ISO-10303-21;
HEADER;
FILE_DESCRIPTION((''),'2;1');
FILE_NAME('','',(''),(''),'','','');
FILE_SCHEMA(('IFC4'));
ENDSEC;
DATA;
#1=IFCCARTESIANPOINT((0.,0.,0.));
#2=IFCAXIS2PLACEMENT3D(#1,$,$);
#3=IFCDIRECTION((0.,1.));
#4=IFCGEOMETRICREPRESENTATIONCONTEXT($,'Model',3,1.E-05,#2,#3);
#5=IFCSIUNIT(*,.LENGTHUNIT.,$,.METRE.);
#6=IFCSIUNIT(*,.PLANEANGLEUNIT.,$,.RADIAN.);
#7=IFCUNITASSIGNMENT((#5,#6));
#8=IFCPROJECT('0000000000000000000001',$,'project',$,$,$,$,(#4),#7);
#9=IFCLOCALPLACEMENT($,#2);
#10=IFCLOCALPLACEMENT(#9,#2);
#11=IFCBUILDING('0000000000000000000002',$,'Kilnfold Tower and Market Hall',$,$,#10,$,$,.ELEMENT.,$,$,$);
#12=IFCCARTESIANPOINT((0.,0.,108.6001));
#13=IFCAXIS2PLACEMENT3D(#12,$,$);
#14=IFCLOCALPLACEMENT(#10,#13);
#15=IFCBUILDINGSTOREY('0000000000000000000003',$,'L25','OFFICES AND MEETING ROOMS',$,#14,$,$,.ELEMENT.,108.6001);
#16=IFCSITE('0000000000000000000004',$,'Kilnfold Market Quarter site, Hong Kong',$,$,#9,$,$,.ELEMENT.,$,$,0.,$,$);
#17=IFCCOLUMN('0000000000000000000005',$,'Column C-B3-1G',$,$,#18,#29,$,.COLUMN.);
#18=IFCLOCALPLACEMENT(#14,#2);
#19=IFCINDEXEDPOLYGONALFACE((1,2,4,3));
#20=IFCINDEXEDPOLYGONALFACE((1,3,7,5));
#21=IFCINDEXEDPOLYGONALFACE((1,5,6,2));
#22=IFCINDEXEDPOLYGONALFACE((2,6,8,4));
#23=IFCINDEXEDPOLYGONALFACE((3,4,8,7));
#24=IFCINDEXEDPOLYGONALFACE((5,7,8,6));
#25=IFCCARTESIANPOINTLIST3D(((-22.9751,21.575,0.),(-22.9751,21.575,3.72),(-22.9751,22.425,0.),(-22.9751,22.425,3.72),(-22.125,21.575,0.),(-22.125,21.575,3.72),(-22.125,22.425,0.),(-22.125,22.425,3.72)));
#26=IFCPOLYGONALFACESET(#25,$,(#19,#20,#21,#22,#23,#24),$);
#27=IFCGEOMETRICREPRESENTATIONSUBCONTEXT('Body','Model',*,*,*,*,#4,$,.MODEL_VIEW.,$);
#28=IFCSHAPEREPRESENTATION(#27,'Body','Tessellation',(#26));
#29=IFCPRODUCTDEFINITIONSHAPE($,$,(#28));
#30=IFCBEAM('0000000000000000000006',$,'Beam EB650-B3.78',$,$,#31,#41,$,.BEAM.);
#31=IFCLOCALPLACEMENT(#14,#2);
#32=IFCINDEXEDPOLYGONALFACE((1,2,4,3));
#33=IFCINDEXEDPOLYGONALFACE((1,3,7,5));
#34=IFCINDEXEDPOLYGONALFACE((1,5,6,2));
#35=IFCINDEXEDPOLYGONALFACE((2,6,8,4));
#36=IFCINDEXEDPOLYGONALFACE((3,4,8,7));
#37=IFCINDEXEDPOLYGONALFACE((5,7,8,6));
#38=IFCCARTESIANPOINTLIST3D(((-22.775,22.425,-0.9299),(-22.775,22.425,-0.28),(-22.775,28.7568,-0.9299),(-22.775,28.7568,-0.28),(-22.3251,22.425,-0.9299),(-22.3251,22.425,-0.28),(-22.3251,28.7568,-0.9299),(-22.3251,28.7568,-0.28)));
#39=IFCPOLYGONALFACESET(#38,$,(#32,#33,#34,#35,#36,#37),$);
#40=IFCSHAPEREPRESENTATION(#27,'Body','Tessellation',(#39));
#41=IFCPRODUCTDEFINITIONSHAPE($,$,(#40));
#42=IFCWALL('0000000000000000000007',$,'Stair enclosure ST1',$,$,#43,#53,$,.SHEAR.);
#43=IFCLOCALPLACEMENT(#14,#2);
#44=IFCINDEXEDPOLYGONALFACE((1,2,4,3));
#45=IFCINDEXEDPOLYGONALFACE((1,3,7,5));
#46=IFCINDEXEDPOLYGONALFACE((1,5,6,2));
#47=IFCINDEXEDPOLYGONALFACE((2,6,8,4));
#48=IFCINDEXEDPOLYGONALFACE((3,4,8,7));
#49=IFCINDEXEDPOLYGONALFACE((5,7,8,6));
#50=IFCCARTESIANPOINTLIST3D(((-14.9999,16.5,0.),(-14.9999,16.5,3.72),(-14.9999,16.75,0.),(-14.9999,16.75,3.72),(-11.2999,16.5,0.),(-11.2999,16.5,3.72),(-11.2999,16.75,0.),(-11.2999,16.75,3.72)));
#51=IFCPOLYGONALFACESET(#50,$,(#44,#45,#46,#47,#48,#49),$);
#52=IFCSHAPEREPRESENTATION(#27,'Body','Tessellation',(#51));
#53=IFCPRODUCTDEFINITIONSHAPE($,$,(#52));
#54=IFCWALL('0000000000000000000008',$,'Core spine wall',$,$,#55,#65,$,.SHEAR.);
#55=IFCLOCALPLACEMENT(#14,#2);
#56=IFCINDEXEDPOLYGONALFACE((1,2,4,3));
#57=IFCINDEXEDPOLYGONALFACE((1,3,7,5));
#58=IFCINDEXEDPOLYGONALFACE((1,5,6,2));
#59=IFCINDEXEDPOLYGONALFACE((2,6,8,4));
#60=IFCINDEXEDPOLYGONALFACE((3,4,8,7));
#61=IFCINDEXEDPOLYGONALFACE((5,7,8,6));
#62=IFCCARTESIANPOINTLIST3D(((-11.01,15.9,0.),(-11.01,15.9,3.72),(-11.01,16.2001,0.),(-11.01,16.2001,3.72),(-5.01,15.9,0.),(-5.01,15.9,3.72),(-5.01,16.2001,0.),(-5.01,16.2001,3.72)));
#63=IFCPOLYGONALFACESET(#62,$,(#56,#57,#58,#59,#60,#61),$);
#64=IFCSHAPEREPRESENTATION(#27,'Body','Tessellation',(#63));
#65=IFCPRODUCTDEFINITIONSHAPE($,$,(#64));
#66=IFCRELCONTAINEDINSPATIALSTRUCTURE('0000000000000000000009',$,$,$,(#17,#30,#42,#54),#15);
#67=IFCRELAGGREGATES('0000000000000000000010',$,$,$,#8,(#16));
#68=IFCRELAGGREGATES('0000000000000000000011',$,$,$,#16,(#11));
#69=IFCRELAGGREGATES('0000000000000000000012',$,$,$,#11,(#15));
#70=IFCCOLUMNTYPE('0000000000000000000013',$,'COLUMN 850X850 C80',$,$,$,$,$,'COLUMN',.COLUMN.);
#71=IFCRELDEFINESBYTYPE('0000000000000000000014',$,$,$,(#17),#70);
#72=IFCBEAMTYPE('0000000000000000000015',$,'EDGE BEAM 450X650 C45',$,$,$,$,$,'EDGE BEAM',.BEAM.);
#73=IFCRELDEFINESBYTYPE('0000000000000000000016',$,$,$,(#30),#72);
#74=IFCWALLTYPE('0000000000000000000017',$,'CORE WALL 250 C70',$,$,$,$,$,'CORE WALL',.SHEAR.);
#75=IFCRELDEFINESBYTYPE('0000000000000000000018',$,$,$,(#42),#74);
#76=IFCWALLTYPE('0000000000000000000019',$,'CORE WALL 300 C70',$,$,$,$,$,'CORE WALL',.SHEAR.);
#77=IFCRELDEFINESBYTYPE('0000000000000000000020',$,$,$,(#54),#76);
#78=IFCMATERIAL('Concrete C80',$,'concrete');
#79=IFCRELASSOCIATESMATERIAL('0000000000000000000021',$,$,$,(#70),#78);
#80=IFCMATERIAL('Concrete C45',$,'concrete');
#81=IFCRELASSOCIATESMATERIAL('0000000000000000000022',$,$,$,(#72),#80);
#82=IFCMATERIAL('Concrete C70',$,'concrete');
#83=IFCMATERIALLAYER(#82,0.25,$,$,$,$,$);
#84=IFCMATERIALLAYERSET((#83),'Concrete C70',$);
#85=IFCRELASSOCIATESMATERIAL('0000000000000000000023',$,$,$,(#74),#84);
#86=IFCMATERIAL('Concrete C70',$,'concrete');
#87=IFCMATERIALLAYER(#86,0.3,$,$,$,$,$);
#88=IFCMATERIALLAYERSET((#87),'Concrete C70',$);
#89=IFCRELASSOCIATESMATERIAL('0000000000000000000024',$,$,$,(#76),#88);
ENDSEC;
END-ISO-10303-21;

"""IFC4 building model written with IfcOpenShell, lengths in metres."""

from ifc_helpers import new_model, si_unit, direction, frame, frame_2d, origin, origin_2d, place, context, subcontext, project, spatial, rectangle, extrude, source, transform, mapped, material, layer, layer_set, material_profile, profile_set, type_object, element, save


model = new_model("IFC4")

# Units and contexts
model_context = context("Model", 3, precision=1e-05, world=origin(), true_north=direction((0.0, 1.0)))
body_context = subcontext(model_context, "Body", "Model", "MODEL_VIEW")
ifc_project = project(units=[si_unit("LENGTHUNIT", "METRE"), si_unit("PLANEANGLEUNIT", "RADIAN")], contexts=[model_context])

# Site, building, storey
site_placement = place(None, origin())
site = spatial("IfcSite", under=ifc_project, at=site_placement, Name="Kilnfold Market Quarter site, Hong Kong", CompositionType="ELEMENT", RefElevation=0.0)
building_placement = place(site_placement, origin())
building = spatial("IfcBuilding", under=site, at=building_placement, Name="Kilnfold Tower and Market Hall", CompositionType="ELEMENT")
storey_placement = place(building_placement, frame((0.0, 0.0, 108.6001)))
storey = spatial("IfcBuildingStorey", under=building, at=storey_placement, Name="L25", Description="OFFICES AND MEETING ROOMS", CompositionType="ELEMENT", Elevation=108.6001)

# Column
ifc_material_1 = material(Name="Concrete C80", Category="concrete")
ifc_material_profile_1 = material_profile(ifc_material_1, rectangle(XDim=0.8501, YDim=0.8501, at=origin_2d()), Name="RC 850x850")
ifc_profile_set_1 = profile_set([ifc_material_profile_1], Name="Concrete C80")
column_type = type_object("IfcColumnType", Name="COLUMN 850X850 C80", ElementType="COLUMN", PredefinedType="COLUMN", material=ifc_profile_set_1)
shared_shape_1 = source(origin(), body_context, "Body", "SweptSolid", [
    extrude(rectangle(XDim=0.8501, YDim=0.8501, at=origin_2d()), origin(), (0.0, 0.0, 1.0), 3.72),
])
column_placement = place(storey_placement, frame((-22.55, 22.0, 0.0), z_axis=(0.0, 0.0, 1.0), x_axis=(1.0, 0.0, 0.0)))
element("IfcColumn", 1, at=column_placement, inside=storey, type_object=column_type, Name="Column C-B3-1G", PredefinedType="COLUMN", context=body_context, shape_type="MappedRepresentation", body=[
    mapped(shared_shape_1, transform((0.0, 0.0, 0.0))),
])

# Beam
ifc_material_2 = material(Name="Concrete C45", Category="concrete")
ifc_material_profile_2 = material_profile(ifc_material_2, rectangle(XDim=0.45, YDim=0.6499, at=origin_2d()), Name="RC 450x650")
ifc_profile_set_2 = profile_set([ifc_material_profile_2], Name="Concrete C45")
beam_type = type_object("IfcBeamType", Name="EDGE BEAM 450X650 C45", ElementType="EDGE BEAM", PredefinedType="BEAM", material=ifc_profile_set_2)
shared_shape_2 = source(origin(), body_context, "Body", "SweptSolid", [
    extrude(rectangle(XDim=0.45, YDim=0.6499, at=origin_2d()), origin(), (0.0, 0.0, 1.0), 6.3318),
])
beam_placement = place(storey_placement, frame((-22.55, 22.425, -0.605), z_axis=(0.0, 1.0, 0.0), x_axis=(-1.0, 0.0, 0.0)))
element("IfcBeam", 2, at=beam_placement, inside=storey, type_object=beam_type, Name="Beam EB650-B3.78", PredefinedType="BEAM", context=body_context, shape_type="MappedRepresentation", body=[
    mapped(shared_shape_2, transform((0.0, 0.0, 0.0))),
])

# Walls
ifc_material_3 = material(Name="Concrete C70", Category="concrete")
ifc_layer_1 = layer(ifc_material_3, 0.25)
ifc_layer_set_1 = layer_set([ifc_layer_1], Name="Concrete C70")
wall_type_1 = type_object("IfcWallType", Name="CORE WALL 250 C70", ElementType="CORE WALL", PredefinedType="SHEAR", material=ifc_layer_set_1)
shared_shape_3 = source(origin(), body_context, "Body", "SweptSolid", [
    extrude(rectangle(XDim=3.7, YDim=0.25, at=frame_2d((1.8501, 0.0))), origin(), (0.0, 0.0, 1.0), 3.72),
])
wall_1_placement = place(storey_placement, frame((-15.0, 16.625, 0.0), z_axis=(0.0, 0.0, 1.0), x_axis=(1.0, 0.0, 0.0)))
element("IfcWall", 3, at=wall_1_placement, inside=storey, type_object=wall_type_1, Name="Stair enclosure ST1", PredefinedType="SHEAR", context=body_context, shape_type="MappedRepresentation", body=[
    mapped(shared_shape_3, transform((0.0, 0.0, 0.0))),
])
ifc_material_4 = material(Name="Concrete C70", Category="concrete")
ifc_layer_2 = layer(ifc_material_4, 0.3)
ifc_layer_set_2 = layer_set([ifc_layer_2], Name="Concrete C70")
wall_type_2 = type_object("IfcWallType", Name="CORE WALL 300 C70", ElementType="CORE WALL", PredefinedType="SHEAR", material=ifc_layer_set_2)
shared_shape_4 = source(origin(), body_context, "Body", "SweptSolid", [
    extrude(rectangle(XDim=6.0, YDim=0.3, at=frame_2d((3.0, 0.0))), origin(), (0.0, 0.0, 1.0), 3.72),
])
wall_2_placement = place(storey_placement, frame((-11.01, 16.05, 0.0), z_axis=(0.0, 0.0, 1.0), x_axis=(1.0, 0.0, 0.0)))
element("IfcWall", 4, at=wall_2_placement, inside=storey, type_object=wall_type_2, Name="Core spine wall", PredefinedType="SHEAR", context=body_context, shape_type="MappedRepresentation", body=[
    mapped(shared_shape_4, transform((0.0, 0.0, 0.0))),
])

save(model, "model.ifc")
